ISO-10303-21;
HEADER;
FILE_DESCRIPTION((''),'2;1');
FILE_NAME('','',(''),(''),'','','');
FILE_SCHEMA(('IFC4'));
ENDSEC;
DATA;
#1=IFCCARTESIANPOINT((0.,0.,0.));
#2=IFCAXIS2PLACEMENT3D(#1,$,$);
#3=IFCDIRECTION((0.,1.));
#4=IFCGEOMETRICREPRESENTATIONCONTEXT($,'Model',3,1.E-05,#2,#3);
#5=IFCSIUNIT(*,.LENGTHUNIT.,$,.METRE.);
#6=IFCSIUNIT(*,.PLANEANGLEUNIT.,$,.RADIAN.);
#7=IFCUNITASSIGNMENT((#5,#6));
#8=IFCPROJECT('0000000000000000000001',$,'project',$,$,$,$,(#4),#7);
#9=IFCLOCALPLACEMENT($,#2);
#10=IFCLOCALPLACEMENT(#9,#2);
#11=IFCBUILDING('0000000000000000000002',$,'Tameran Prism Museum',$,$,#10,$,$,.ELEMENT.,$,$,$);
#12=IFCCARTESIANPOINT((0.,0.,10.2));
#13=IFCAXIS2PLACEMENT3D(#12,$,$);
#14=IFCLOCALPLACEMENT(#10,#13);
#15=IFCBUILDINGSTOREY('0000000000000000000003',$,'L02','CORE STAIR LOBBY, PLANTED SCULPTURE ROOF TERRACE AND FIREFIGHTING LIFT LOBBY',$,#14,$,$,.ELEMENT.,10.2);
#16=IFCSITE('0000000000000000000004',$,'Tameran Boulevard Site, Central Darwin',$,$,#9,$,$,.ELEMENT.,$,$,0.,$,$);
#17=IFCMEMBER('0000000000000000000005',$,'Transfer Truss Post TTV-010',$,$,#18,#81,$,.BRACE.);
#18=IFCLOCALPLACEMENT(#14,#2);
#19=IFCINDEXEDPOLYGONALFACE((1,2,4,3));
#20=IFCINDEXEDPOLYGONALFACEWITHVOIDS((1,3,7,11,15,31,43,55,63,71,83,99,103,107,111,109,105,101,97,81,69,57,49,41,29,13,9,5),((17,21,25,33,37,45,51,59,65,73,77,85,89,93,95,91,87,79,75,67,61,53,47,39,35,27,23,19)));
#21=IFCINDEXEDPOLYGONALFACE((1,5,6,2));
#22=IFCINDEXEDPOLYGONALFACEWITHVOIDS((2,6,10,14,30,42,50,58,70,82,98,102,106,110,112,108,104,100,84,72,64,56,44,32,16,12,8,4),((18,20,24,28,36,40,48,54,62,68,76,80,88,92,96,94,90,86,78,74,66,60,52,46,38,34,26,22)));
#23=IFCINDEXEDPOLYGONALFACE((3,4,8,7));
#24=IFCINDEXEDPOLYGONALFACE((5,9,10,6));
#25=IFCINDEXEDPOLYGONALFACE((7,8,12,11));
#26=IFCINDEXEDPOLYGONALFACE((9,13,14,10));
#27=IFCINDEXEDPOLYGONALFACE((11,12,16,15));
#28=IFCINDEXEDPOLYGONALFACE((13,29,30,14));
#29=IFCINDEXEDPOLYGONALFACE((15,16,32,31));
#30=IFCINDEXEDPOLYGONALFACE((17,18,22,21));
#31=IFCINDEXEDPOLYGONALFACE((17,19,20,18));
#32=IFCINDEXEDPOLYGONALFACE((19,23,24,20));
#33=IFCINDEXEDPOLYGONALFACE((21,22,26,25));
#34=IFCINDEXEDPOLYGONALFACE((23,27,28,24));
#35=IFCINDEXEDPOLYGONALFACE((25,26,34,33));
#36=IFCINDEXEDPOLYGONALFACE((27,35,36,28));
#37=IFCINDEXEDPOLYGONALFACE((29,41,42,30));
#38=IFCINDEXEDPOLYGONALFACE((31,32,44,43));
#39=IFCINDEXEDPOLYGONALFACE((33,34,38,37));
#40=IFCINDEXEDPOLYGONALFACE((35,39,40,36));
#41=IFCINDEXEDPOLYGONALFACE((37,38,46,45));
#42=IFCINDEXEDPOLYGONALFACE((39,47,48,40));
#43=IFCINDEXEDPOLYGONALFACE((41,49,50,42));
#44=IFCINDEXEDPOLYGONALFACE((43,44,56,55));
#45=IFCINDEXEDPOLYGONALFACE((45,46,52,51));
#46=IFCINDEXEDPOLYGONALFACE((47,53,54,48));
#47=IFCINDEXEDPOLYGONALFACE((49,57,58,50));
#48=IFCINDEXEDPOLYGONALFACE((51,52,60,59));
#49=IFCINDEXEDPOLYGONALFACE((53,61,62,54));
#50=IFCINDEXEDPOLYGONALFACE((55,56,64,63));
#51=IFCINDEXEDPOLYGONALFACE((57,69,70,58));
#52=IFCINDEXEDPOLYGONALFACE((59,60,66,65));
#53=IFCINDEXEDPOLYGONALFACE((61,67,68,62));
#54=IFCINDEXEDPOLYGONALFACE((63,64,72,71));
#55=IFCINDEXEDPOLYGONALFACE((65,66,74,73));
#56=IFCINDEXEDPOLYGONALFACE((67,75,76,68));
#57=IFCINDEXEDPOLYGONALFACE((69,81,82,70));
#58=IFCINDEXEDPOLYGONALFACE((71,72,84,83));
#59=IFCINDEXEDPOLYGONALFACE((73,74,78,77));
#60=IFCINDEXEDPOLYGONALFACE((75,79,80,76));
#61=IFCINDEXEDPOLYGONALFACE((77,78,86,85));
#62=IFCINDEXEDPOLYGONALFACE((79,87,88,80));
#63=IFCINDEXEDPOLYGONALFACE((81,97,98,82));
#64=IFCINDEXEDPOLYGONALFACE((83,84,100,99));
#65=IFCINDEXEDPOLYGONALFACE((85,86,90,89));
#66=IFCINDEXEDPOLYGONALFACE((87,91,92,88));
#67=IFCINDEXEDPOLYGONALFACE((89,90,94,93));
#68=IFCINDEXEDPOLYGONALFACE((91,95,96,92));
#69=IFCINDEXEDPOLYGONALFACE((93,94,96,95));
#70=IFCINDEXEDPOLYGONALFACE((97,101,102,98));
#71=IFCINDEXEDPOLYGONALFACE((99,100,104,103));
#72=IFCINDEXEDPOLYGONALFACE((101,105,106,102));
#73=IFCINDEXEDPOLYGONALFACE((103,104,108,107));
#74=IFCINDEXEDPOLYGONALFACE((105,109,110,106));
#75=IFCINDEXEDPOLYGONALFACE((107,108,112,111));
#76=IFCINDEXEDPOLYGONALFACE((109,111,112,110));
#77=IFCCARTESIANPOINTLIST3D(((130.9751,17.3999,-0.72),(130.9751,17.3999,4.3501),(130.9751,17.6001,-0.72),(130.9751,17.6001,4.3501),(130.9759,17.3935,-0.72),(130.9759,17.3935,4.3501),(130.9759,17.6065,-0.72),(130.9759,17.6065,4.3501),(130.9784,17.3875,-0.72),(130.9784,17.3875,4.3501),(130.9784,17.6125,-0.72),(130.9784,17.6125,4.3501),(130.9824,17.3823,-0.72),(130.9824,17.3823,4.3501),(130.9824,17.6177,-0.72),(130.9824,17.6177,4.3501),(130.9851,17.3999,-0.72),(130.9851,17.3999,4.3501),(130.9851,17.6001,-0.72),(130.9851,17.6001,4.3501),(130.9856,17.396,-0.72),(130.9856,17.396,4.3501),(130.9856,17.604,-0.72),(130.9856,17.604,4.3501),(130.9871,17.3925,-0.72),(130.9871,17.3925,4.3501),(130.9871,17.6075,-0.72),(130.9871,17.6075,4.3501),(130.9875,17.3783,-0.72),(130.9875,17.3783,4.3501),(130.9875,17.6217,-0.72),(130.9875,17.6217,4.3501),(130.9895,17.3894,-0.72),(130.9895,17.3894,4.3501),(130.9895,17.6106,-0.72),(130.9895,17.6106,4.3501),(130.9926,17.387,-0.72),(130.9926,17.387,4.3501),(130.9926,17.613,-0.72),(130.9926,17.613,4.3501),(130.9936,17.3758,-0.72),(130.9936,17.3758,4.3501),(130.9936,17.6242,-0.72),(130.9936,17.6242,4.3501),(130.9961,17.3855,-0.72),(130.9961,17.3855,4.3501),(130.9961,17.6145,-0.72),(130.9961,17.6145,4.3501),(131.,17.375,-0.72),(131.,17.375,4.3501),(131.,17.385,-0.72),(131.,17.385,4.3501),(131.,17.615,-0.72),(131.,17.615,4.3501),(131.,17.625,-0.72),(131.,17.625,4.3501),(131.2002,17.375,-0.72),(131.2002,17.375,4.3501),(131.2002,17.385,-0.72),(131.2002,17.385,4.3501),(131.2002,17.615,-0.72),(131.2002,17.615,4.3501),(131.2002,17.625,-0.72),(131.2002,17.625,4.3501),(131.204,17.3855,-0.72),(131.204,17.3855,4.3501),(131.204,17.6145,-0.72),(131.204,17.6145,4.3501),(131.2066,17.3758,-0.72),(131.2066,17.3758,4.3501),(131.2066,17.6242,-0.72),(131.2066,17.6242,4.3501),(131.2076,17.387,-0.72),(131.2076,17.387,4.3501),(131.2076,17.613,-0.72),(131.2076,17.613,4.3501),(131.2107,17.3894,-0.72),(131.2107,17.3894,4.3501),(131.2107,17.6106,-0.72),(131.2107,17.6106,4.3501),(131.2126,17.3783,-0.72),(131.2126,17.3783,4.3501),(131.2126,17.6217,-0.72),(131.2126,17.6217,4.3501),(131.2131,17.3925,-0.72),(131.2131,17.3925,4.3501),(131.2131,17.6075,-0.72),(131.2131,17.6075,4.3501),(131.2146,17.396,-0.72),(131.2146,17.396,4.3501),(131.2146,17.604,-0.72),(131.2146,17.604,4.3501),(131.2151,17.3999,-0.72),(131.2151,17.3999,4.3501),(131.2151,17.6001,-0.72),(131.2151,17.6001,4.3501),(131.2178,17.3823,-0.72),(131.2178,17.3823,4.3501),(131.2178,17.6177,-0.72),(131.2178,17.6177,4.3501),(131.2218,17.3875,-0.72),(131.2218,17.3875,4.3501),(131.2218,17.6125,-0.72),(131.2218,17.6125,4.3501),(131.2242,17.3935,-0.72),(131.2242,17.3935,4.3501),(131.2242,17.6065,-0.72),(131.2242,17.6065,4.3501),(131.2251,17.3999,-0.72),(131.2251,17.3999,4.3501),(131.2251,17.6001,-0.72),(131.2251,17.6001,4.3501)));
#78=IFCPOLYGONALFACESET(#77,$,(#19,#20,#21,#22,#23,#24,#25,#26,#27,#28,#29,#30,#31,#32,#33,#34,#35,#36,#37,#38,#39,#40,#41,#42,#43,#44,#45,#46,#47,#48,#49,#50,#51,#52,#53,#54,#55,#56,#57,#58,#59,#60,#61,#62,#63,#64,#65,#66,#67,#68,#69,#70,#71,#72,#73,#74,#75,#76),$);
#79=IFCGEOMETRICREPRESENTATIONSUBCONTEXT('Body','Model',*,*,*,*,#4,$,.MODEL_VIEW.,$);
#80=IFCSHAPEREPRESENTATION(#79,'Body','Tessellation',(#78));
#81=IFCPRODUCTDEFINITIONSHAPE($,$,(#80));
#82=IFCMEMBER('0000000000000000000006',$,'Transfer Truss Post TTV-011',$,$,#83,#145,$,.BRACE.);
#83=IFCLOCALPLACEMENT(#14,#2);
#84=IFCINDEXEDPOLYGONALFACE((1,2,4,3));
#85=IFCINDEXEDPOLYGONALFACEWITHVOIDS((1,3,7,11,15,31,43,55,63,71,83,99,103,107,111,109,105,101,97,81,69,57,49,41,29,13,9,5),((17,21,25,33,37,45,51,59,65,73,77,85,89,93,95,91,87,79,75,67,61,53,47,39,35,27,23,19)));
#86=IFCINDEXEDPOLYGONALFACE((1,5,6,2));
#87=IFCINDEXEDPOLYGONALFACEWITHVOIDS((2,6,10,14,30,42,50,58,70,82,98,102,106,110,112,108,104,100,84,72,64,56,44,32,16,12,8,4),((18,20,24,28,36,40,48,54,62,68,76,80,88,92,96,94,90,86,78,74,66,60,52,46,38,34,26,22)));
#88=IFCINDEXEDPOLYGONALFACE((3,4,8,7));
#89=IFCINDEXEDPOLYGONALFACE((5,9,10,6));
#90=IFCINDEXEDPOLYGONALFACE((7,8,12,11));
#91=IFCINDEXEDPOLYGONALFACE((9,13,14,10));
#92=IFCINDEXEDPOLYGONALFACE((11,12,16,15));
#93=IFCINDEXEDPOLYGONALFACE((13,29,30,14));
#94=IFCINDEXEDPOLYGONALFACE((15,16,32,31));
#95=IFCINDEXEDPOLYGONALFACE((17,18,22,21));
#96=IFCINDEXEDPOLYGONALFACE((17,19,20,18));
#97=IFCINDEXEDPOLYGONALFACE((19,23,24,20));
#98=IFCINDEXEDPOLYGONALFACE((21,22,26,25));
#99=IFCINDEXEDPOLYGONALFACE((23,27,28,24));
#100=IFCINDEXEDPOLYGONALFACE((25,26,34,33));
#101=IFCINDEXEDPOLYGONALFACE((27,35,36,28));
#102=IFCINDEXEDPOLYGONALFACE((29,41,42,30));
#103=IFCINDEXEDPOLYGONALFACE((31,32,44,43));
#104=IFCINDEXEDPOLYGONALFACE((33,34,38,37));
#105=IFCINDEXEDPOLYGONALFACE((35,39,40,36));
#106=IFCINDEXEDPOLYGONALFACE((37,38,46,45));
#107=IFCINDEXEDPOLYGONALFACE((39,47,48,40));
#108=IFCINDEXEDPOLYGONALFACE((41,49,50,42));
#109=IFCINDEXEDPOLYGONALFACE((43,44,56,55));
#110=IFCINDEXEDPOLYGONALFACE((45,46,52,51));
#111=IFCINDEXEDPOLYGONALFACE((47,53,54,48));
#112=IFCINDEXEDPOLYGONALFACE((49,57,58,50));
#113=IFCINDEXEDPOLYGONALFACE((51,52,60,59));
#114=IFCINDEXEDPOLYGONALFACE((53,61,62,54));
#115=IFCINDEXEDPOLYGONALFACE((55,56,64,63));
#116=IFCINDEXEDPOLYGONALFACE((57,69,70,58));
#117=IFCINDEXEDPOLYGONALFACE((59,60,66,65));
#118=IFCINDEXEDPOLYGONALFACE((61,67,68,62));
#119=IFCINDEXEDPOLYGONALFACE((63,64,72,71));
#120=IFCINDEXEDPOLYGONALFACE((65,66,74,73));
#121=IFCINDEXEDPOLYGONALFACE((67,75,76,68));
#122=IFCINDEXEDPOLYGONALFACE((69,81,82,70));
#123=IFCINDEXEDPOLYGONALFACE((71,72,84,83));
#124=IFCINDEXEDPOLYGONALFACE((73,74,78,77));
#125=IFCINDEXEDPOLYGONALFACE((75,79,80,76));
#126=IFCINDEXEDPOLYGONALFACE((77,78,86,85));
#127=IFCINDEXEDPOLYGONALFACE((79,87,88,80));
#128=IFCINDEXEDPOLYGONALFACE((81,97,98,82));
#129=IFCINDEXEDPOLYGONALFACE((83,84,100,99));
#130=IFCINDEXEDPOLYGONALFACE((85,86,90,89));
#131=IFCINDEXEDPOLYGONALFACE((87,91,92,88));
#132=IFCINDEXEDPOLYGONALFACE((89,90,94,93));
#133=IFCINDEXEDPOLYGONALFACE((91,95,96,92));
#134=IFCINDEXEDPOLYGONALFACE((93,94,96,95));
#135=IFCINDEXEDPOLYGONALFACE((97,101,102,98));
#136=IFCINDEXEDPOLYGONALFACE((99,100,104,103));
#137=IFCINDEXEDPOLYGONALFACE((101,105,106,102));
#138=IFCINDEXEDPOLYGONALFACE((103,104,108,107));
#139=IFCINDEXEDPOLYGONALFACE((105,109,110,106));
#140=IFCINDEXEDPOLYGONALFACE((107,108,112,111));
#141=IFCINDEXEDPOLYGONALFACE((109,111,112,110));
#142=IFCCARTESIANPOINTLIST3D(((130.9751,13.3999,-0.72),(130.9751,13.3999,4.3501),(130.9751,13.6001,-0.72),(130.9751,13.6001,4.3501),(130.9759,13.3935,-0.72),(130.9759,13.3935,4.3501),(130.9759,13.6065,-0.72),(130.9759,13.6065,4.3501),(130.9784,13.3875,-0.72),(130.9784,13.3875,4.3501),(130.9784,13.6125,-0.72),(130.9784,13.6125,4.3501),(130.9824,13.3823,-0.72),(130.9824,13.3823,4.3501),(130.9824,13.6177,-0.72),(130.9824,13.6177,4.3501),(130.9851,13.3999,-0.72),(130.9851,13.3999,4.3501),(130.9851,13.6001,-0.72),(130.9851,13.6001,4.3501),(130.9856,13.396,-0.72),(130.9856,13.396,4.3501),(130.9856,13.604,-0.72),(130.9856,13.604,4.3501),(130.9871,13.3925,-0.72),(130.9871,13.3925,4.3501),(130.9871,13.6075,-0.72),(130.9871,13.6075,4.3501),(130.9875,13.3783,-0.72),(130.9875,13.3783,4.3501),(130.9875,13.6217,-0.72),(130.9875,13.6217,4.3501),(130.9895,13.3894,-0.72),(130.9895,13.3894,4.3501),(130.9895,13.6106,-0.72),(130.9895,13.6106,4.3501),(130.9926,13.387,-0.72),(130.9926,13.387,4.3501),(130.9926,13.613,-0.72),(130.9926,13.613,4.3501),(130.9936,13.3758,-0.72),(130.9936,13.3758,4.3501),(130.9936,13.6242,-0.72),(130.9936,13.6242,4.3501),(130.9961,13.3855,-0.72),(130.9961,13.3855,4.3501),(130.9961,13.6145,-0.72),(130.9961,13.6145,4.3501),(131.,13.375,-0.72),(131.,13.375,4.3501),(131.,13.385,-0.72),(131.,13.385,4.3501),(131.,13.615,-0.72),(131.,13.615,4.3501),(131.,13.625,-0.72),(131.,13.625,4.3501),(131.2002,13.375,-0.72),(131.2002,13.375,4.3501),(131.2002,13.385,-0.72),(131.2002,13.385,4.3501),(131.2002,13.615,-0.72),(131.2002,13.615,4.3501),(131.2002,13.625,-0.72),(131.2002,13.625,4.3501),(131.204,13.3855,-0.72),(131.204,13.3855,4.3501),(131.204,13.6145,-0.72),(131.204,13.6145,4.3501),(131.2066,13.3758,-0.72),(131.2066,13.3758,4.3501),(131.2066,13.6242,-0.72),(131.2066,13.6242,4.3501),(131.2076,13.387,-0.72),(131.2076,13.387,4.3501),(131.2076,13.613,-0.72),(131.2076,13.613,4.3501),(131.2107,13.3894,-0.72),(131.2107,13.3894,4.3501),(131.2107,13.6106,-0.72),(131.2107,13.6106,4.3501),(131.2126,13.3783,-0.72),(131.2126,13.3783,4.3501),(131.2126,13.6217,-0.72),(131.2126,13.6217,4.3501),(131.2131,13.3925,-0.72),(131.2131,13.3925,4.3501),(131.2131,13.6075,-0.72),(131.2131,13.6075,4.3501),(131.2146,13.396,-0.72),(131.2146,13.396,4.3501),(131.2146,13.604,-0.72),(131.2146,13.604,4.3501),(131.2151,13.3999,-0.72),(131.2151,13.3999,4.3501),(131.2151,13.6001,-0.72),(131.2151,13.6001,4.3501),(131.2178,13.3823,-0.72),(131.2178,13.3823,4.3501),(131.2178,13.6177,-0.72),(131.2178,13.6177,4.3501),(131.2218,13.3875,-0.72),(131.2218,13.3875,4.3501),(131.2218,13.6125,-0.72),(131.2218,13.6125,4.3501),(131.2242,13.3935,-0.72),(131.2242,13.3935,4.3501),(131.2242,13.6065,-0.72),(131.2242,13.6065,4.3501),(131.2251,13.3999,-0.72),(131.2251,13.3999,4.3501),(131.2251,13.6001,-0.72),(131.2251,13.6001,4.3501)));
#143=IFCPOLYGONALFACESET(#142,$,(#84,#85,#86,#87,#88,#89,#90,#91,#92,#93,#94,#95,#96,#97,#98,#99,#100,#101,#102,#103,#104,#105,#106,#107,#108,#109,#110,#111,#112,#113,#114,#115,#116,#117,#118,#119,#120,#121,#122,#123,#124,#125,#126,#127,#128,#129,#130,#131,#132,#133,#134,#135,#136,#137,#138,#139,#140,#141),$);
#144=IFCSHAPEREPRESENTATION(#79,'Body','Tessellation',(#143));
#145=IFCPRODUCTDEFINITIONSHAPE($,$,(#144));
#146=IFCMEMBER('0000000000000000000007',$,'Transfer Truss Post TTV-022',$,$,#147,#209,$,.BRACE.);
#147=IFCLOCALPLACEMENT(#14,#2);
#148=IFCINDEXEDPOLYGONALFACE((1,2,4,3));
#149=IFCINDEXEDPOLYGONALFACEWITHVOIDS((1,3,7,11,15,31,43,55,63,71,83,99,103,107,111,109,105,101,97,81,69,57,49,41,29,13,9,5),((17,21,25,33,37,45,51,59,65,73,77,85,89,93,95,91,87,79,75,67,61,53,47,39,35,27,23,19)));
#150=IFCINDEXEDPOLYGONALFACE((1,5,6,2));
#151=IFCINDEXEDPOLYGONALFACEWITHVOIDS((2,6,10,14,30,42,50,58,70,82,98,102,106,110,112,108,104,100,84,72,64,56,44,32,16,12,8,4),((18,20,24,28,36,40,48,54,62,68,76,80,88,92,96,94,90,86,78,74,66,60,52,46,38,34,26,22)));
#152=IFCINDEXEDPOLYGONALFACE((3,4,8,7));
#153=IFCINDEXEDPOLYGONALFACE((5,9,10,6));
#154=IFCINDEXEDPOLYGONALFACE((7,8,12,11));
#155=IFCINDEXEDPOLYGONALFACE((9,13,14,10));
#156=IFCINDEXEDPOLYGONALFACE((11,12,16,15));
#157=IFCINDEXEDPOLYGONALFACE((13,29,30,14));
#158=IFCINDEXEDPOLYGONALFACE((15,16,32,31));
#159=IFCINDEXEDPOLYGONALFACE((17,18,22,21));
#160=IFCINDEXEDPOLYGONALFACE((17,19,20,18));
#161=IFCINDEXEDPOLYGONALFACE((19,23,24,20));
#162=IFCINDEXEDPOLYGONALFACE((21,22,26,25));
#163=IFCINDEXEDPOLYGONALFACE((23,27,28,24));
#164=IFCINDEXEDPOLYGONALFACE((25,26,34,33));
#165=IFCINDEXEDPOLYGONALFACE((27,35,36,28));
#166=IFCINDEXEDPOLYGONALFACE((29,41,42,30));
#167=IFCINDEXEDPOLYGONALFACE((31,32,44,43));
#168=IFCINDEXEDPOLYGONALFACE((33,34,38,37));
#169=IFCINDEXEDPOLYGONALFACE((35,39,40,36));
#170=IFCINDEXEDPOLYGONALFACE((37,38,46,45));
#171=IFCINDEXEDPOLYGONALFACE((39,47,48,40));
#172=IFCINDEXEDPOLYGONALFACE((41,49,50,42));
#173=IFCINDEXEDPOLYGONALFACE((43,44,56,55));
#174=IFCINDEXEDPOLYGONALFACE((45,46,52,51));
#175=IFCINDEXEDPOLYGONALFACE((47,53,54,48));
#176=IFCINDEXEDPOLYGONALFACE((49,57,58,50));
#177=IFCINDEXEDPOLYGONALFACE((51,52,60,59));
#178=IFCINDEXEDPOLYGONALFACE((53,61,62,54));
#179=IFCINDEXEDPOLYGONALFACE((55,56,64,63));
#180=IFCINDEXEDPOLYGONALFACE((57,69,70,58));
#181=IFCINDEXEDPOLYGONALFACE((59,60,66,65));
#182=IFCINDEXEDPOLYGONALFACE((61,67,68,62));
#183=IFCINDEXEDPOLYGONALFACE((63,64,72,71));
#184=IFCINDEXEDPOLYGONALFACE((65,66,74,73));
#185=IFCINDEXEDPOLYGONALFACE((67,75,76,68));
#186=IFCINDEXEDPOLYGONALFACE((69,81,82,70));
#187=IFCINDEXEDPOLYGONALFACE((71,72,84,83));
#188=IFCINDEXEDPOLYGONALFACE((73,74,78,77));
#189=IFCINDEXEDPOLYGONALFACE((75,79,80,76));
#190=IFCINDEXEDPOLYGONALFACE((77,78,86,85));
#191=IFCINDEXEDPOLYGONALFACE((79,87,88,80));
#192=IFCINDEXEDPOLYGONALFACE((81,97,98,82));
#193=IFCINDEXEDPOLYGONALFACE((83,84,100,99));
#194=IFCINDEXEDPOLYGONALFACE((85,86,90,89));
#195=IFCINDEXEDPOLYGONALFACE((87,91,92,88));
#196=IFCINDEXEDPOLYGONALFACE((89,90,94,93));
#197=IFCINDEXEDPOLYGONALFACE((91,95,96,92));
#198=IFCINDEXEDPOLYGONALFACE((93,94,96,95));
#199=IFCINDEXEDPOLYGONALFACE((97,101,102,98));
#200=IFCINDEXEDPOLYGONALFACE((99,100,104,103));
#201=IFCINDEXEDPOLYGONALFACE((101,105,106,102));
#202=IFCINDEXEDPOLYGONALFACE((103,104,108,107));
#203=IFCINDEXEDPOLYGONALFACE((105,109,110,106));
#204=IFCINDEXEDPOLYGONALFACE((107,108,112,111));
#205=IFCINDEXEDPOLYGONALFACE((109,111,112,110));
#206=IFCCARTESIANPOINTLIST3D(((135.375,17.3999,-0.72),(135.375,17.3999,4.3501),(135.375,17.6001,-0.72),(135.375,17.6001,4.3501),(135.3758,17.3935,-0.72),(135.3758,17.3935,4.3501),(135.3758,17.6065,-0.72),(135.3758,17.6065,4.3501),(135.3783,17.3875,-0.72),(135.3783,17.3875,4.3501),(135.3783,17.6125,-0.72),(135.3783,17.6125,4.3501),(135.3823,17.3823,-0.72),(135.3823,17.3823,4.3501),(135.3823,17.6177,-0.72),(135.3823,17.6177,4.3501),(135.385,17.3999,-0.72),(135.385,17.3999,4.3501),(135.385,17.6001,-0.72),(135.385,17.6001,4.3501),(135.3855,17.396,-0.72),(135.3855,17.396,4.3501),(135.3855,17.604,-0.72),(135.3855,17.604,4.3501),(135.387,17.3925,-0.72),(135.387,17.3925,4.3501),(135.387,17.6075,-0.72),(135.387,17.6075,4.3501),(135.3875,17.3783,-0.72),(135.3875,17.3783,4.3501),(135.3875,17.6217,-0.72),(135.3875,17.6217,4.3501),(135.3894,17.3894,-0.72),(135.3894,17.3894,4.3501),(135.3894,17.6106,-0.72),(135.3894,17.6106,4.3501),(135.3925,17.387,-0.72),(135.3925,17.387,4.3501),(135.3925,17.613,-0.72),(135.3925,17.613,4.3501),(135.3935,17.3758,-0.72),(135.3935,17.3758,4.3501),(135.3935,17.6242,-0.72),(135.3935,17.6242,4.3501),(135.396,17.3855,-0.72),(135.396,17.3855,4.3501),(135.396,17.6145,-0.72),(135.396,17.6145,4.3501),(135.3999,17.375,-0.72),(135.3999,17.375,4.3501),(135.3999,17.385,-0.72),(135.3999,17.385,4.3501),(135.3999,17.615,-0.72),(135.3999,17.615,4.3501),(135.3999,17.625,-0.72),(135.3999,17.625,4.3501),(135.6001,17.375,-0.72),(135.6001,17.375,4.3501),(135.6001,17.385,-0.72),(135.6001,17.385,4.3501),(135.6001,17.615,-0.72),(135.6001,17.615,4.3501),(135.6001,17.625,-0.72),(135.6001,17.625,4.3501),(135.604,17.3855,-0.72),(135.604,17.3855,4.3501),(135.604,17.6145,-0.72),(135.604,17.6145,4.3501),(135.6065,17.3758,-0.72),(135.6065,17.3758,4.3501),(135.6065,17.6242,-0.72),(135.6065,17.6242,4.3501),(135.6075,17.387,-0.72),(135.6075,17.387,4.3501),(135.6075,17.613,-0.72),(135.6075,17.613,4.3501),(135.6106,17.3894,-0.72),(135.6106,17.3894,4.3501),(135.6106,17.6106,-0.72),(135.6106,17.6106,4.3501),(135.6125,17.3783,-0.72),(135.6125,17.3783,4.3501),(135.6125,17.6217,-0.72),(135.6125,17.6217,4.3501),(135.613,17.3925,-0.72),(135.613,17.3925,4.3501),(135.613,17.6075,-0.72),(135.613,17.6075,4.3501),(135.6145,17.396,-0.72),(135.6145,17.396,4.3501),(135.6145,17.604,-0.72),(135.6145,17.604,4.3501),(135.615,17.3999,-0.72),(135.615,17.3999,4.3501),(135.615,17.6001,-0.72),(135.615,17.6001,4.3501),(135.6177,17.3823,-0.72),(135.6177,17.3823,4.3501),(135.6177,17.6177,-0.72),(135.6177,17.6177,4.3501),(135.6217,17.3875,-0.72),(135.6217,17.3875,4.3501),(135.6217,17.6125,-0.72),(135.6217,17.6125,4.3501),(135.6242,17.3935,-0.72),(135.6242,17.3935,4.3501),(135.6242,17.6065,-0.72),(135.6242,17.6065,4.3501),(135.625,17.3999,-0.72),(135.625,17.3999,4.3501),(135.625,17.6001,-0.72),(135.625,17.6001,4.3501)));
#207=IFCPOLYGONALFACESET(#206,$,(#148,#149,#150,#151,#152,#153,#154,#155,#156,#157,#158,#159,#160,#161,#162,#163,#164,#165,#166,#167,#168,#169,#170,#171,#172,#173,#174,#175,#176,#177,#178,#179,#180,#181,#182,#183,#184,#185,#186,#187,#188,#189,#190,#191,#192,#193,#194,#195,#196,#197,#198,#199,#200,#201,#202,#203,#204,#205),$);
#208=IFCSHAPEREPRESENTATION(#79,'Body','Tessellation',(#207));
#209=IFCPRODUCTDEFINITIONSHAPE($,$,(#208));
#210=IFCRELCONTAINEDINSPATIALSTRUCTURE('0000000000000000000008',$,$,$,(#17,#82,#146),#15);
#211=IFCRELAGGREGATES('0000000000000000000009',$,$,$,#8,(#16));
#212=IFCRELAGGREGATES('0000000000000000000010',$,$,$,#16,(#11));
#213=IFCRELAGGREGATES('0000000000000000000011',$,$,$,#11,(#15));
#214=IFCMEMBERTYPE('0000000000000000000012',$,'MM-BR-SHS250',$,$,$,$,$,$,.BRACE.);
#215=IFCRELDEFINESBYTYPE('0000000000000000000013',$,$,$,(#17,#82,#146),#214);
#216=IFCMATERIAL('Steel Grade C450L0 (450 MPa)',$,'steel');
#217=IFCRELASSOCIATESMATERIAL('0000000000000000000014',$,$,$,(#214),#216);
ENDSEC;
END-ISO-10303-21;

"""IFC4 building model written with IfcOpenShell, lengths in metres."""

from ifc_helpers import new_model, si_unit, direction, frame, origin, origin_2d, place, context, subcontext, project, spatial, hollow_rectangle, extrude, material, material_profile, profile_set, type_object, element, save


model = new_model("IFC4")

# Units and contexts
model_context = context("Model", 3, precision=1e-05, world=origin(), true_north=direction((0.0, 1.0)))
body_context = subcontext(model_context, "Body", "Model", "MODEL_VIEW")
ifc_project = project(units=[si_unit("LENGTHUNIT", "METRE"), si_unit("PLANEANGLEUNIT", "RADIAN")], contexts=[model_context])

# Site, building, storey
site_placement = place(None, origin())
site = spatial("IfcSite", under=ifc_project, at=site_placement, Name="Tameran Boulevard Site, Central Darwin", CompositionType="ELEMENT", RefElevation=0.0)
building_placement = place(site_placement, origin())
building = spatial("IfcBuilding", under=site, at=building_placement, Name="Tameran Prism Museum", CompositionType="ELEMENT")
storey_placement = place(building_placement, frame((0.0, 0.0, 10.2)))
storey = spatial("IfcBuildingStorey", under=building, at=storey_placement, Name="L02", Description="CORE STAIR LOBBY, PLANTED SCULPTURE ROOF TERRACE AND FIREFIGHTING LIFT LOBBY", CompositionType="ELEMENT", Elevation=10.2)

# Members
ifc_material_1 = material(Name="Steel Grade C450L0 (450 MPa)", Category="steel")
ifc_material_profile_1 = material_profile(ifc_material_1, hollow_rectangle(XDim=0.25, YDim=0.25, WallThickness=0.01, InnerFilletRadius=0.0149, OuterFilletRadius=0.0249, at=origin_2d()))
ifc_profile_set_1 = profile_set([ifc_material_profile_1])
member_type_1 = type_object("IfcMemberType", Name="MM-BR-SHS250", PredefinedType="BRACE", material=ifc_profile_set_1)
for number, where, z_axis, x_axis, name in (
    (1, (131.1001, 17.5, -0.72), (0.0, 0.0, 1.0), (1.0, 0.0, 0.0), "Transfer Truss Post TTV-010"),
    (2, (131.1001, 13.5, -0.72), (0.0, 0.0, 1.0), (1.0, 0.0, 0.0), "Transfer Truss Post TTV-011"),
    (3, (135.5, 17.5, -0.72), (0.0, 0.0, 1.0), (1.0, 0.0, 0.0), "Transfer Truss Post TTV-022"),
):
    element("IfcMember", number, at=place(storey_placement, frame(where, z_axis=z_axis, x_axis=x_axis)), inside=storey, type_object=member_type_1, Name=name, PredefinedType="BRACE", context=body_context, shape_type="SweptSolid", body=[
        extrude(hollow_rectangle(XDim=0.25, YDim=0.25, WallThickness=0.01, InnerFilletRadius=0.0149, OuterFilletRadius=0.0249, at=origin_2d()), origin(), (0.0, 0.0, 1.0), 5.0701),
    ])

save(model, "model.ifc")
